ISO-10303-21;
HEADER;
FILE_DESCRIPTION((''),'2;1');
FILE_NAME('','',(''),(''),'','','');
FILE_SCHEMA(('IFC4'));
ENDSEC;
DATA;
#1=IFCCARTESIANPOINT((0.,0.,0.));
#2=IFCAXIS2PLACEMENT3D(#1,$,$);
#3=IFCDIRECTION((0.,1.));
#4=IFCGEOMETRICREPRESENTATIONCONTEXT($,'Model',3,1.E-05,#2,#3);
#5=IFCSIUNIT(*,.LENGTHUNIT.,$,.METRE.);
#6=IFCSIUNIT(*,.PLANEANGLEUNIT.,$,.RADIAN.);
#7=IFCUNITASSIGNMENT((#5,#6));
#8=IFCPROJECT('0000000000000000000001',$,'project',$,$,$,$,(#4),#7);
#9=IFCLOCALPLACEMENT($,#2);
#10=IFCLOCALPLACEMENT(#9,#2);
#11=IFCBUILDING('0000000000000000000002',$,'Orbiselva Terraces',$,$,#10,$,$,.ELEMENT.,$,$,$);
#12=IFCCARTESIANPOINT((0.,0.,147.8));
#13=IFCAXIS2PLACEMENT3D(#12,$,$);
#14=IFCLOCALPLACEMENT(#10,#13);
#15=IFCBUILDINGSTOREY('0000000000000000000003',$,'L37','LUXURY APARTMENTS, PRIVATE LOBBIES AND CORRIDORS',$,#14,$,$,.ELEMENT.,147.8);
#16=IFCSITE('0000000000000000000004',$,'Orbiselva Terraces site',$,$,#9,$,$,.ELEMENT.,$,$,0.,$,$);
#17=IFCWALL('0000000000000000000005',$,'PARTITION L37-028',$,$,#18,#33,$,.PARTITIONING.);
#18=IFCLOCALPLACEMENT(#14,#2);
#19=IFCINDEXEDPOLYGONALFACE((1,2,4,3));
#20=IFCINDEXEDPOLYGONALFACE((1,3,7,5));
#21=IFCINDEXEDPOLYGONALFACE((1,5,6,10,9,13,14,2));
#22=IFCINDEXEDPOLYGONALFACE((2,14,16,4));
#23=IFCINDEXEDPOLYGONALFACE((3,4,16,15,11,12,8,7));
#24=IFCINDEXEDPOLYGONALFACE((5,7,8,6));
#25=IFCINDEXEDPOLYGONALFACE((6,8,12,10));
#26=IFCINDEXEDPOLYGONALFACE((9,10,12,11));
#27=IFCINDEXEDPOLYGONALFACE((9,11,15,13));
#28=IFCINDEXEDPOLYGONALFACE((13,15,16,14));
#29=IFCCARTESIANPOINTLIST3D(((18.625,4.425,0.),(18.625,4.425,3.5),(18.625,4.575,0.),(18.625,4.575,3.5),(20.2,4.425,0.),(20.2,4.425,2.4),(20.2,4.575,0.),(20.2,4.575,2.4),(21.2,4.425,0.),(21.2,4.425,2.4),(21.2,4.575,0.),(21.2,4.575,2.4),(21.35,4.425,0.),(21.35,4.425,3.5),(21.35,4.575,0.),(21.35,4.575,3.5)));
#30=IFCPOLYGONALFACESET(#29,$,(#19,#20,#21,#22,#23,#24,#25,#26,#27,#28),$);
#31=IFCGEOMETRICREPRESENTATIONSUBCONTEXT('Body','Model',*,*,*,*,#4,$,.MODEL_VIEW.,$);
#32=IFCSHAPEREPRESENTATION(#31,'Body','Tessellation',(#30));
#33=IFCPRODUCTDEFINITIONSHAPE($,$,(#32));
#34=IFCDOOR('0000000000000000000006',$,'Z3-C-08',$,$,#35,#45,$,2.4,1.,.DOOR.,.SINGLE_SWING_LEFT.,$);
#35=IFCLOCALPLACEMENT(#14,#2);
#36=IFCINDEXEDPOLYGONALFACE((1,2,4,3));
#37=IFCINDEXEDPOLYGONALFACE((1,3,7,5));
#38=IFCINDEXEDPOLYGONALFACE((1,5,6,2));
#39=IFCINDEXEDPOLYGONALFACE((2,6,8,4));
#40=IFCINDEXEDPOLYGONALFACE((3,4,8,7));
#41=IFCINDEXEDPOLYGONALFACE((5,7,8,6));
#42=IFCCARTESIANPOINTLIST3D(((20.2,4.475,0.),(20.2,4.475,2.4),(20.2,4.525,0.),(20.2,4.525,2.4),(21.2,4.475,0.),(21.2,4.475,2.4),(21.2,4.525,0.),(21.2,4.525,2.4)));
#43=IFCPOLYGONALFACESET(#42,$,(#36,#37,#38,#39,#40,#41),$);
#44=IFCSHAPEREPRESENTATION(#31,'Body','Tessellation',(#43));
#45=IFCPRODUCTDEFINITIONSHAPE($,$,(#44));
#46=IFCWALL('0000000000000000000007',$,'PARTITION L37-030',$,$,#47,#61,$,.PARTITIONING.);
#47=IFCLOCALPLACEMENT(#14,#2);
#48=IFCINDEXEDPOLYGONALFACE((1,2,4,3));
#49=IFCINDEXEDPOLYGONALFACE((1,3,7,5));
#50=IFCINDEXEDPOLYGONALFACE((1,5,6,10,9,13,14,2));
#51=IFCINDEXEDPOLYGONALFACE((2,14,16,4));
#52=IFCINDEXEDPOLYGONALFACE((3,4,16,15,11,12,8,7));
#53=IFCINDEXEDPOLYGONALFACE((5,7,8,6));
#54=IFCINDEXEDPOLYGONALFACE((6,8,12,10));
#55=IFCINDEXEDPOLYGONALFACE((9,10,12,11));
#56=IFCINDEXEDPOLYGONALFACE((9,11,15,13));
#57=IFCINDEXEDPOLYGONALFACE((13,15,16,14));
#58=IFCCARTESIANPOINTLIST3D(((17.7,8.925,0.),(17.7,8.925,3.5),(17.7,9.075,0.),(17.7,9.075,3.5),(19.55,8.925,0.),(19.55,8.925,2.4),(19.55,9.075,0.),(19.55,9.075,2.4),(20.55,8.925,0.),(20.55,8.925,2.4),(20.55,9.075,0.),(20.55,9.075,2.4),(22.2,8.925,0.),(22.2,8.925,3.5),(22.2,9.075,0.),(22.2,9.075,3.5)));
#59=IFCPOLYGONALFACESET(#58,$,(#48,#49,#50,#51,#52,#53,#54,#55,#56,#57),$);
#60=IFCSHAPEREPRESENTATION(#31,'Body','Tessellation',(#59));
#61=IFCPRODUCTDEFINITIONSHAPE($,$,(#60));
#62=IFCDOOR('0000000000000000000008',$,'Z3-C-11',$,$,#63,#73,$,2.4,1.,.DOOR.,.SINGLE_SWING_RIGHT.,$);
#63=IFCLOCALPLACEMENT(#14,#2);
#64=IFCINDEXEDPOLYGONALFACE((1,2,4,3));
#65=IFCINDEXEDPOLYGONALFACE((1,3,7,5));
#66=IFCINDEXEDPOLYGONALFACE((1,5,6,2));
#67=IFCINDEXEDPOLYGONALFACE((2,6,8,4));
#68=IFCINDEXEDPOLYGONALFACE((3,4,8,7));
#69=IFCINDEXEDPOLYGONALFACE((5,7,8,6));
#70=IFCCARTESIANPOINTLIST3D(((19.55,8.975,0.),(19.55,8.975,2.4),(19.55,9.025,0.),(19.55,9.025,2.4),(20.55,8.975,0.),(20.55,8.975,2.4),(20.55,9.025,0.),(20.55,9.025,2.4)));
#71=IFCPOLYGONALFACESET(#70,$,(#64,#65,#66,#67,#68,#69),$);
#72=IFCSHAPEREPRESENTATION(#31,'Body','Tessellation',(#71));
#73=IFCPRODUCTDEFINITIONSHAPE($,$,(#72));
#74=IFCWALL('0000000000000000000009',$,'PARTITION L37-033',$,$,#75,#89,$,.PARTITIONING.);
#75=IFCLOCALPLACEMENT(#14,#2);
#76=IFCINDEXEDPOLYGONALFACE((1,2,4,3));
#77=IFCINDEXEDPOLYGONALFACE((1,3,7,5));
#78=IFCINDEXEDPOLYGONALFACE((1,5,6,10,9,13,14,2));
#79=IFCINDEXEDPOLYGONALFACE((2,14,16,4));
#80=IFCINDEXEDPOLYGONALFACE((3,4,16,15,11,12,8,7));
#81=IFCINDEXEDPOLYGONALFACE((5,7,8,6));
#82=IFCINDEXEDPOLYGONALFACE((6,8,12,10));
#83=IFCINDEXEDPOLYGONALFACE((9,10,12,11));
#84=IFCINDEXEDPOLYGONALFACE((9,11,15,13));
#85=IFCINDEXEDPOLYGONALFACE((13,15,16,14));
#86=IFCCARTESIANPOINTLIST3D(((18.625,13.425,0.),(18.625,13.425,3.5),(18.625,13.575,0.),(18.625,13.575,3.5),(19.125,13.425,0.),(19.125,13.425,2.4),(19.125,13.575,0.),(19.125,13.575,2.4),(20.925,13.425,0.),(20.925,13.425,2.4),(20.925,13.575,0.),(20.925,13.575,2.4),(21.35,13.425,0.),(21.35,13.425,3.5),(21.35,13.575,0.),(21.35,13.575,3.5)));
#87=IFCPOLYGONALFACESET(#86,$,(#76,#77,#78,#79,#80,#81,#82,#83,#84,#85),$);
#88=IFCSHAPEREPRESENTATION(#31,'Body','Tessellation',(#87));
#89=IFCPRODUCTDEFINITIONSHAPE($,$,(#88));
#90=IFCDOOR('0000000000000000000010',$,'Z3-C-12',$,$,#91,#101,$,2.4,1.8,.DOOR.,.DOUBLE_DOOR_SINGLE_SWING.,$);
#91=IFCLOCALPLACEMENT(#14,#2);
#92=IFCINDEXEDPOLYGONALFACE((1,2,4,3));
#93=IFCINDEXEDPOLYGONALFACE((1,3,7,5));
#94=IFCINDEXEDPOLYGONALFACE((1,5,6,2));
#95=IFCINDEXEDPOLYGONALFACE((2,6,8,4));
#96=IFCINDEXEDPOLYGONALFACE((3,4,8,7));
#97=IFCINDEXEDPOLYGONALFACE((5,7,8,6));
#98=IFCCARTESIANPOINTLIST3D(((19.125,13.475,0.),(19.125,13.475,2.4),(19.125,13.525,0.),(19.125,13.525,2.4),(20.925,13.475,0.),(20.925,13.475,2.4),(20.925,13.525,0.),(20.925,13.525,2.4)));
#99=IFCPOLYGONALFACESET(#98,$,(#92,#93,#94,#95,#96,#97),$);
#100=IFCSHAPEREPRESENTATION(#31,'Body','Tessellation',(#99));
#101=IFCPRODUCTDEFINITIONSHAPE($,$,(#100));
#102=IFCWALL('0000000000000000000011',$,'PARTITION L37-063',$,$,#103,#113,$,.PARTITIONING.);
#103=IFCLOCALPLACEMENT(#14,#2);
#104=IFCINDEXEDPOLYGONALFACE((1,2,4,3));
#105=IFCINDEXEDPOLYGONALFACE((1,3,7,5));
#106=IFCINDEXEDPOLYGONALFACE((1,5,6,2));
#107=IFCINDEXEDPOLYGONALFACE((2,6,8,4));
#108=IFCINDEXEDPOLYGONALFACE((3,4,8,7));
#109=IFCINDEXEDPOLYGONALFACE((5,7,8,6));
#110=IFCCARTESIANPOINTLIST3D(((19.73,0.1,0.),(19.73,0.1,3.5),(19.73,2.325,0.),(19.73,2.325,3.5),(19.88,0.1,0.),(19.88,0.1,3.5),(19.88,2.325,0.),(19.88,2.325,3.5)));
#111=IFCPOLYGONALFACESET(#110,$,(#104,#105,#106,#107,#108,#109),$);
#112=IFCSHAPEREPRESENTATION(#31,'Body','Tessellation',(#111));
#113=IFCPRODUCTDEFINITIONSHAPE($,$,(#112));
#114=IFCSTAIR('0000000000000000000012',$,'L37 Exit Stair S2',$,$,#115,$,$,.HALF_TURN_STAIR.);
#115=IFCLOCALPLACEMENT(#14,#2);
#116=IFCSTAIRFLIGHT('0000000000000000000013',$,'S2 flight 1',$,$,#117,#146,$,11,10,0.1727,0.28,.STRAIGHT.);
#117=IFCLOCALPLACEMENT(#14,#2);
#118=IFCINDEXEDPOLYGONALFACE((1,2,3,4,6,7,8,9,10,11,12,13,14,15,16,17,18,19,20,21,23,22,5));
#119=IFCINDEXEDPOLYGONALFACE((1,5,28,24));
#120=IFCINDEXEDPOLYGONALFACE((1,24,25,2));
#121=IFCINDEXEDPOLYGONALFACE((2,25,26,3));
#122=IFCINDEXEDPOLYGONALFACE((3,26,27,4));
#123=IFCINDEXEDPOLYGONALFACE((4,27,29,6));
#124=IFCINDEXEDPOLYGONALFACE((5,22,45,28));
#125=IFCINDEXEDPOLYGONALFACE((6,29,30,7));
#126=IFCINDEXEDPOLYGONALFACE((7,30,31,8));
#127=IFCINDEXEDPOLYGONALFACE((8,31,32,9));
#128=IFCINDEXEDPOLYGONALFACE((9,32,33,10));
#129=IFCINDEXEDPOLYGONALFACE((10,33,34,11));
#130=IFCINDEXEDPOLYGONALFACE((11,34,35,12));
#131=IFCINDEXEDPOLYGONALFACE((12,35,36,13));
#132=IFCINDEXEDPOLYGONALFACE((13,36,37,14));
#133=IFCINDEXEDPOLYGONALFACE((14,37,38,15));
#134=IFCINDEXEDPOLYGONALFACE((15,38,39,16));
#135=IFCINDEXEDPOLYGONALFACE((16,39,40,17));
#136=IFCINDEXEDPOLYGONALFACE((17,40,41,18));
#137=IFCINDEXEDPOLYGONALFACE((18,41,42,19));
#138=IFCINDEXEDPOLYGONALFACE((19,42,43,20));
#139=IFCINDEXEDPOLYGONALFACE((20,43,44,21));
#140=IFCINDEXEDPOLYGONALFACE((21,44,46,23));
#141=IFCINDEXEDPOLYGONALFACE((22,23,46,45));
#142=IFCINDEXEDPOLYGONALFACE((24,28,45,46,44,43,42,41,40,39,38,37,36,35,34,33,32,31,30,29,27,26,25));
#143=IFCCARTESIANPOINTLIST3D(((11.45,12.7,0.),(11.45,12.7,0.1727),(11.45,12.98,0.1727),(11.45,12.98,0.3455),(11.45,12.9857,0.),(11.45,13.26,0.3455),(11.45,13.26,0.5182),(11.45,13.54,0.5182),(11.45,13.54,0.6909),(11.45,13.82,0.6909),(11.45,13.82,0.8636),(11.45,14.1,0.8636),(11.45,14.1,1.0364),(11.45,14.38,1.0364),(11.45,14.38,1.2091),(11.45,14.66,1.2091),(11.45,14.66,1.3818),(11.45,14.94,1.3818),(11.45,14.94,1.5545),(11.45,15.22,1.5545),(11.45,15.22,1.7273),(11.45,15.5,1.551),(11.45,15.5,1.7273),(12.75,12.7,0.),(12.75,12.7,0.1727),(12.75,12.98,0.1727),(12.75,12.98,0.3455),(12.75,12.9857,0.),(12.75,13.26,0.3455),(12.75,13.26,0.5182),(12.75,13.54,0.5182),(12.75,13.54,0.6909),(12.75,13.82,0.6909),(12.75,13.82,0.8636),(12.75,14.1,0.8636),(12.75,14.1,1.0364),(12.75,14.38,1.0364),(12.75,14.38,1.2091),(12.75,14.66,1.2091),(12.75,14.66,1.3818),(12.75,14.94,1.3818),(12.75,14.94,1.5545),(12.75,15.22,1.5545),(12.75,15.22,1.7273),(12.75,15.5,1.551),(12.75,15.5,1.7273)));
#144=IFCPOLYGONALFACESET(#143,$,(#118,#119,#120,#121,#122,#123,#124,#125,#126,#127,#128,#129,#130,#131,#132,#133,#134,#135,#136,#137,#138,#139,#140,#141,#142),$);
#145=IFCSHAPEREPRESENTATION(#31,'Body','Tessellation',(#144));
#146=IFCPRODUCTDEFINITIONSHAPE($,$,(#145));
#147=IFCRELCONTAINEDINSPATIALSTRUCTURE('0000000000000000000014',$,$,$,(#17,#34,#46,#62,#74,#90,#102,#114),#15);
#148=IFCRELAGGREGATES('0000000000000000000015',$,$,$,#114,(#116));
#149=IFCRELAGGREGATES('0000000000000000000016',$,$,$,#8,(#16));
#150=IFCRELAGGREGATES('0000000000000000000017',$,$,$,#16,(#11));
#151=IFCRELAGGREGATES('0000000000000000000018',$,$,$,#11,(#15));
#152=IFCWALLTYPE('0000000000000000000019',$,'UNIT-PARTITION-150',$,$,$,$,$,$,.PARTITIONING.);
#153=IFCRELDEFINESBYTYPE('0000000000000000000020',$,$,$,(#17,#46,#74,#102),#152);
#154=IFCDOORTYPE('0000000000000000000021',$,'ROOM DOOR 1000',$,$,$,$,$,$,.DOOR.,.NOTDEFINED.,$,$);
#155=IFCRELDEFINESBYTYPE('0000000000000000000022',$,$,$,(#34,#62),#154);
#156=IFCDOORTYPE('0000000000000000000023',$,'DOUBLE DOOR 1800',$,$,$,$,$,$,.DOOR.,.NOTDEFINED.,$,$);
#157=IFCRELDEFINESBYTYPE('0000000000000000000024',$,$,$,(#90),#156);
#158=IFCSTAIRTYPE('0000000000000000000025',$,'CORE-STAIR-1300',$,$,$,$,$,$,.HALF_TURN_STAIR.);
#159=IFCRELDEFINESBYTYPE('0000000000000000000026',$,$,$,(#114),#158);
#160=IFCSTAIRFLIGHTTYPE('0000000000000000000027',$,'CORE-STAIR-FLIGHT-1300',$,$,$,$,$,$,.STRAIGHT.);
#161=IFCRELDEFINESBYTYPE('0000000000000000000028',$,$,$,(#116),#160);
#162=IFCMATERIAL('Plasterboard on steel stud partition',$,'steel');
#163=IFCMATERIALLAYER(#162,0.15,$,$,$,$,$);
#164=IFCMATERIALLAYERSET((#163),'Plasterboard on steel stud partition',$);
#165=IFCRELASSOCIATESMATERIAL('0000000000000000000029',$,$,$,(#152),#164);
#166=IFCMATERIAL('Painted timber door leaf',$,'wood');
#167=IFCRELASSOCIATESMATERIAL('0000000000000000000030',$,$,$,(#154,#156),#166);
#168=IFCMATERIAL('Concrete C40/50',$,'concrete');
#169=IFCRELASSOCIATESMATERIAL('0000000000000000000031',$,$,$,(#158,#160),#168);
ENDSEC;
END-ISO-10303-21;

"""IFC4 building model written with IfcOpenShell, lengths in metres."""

from ifc_helpers import new_model, si_unit, direction, frame, frame_2d, origin, place, context, subcontext, project, spatial, polyline, rectangle, outline, extrude, material, layer, layer_set, type_object, element, fill, aggregate, save


model = new_model("IFC4")

# Units and contexts
model_context = context("Model", 3, precision=1e-05, world=origin(), true_north=direction((0.0, 1.0)))
body_context = subcontext(model_context, "Body", "Model", "MODEL_VIEW")
ifc_project = project(units=[si_unit("LENGTHUNIT", "METRE"), si_unit("PLANEANGLEUNIT", "RADIAN")], contexts=[model_context])

# Site, building, storey
site_placement = place(None, origin())
site = spatial("IfcSite", under=ifc_project, at=site_placement, Name="Orbiselva Terraces site", CompositionType="ELEMENT", RefElevation=0.0)
building_placement = place(site_placement, origin())
building = spatial("IfcBuilding", under=site, at=building_placement, Name="Orbiselva Terraces", CompositionType="ELEMENT")
storey_placement = place(building_placement, frame((0.0, 0.0, 147.8)))
storey = spatial("IfcBuildingStorey", under=building, at=storey_placement, Name="L37", Description="LUXURY APARTMENTS, PRIVATE LOBBIES AND CORRIDORS", CompositionType="ELEMENT", Elevation=147.8)

# Walls, openings, doors
ifc_material_1 = material(Name="Plasterboard on steel stud partition", Category="steel")
ifc_material_2 = material(Name="Painted timber door leaf", Category="wood")
ifc_layer_1 = layer(ifc_material_1, 0.15)
ifc_layer_set_1 = layer_set([ifc_layer_1], Name="Plasterboard on steel stud partition")
wall_type_1 = type_object("IfcWallType", Name="UNIT-PARTITION-150", PredefinedType="PARTITIONING", material=ifc_layer_set_1)
wall_1_placement = place(storey_placement, frame((21.35, 4.5, 0.0), z_axis=(0.0, 0.0, 1.0), x_axis=(-1.0, 0.0, 0.0)))
wall_1 = element("IfcWall", 1, at=wall_1_placement, inside=storey, type_object=wall_type_1, Name="PARTITION L37-028", PredefinedType="PARTITIONING", context=body_context, shape_type="SweptSolid", body=[
    extrude(rectangle(XDim=2.725, YDim=0.15, at=frame_2d((1.3625, 0.0))), origin(), (0.0, 0.0, 1.0), 3.5),
])
opening_1_placement = place(wall_1_placement, frame((0.15, 0.0, 0.0)))
opening_1 = element("IfcOpeningElement", 2, at=opening_1_placement, cuts=wall_1, PredefinedType="OPENING", context=body_context, shape_type="SweptSolid", body=[
    extrude(rectangle(XDim=1.0, YDim=2.4, at=frame_2d((0.5, 1.2))), frame((0.0, 0.085, 0.0), z_axis=(0.0, -1.0, 0.0), x_axis=(1.0, 0.0, 0.0)), (0.0, 0.0, 1.0), 0.17),
])
door_type_1 = type_object("IfcDoorType", Name="ROOM DOOR 1000", OperationType="NOTDEFINED", PredefinedType="DOOR", material=ifc_material_2)
door_1_placement = place(opening_1_placement, origin())
door_1 = element("IfcDoor", 3, at=door_1_placement, inside=storey, type_object=door_type_1, Name="Z3-C-08", OperationType="SINGLE_SWING_LEFT", OverallHeight=2.4, OverallWidth=1.0, PredefinedType="DOOR", context=body_context, shape_type="SweptSolid", body=[
    extrude(rectangle(XDim=1.0, YDim=2.4, at=frame_2d((0.5, 1.2))), frame((0.0, 0.025, 0.0), z_axis=(0.0, -1.0, 0.0), x_axis=(1.0, 0.0, 0.0)), (0.0, 0.0, 1.0), 0.05),
])
fill(opening_1, door_1)
wall_2_placement = place(storey_placement, frame((17.7, 9.0, 0.0), z_axis=(0.0, 0.0, 1.0), x_axis=(1.0, 0.0, 0.0)))
wall_2 = element("IfcWall", 4, at=wall_2_placement, inside=storey, type_object=wall_type_1, Name="PARTITION L37-030", PredefinedType="PARTITIONING", context=body_context, shape_type="SweptSolid", body=[
    extrude(rectangle(XDim=4.5, YDim=0.15, at=frame_2d((2.25, 0.0))), origin(), (0.0, 0.0, 1.0), 3.5),
])
opening_2_placement = place(wall_2_placement, frame((1.85, 0.0, 0.0)))
opening_2 = element("IfcOpeningElement", 5, at=opening_2_placement, cuts=wall_2, PredefinedType="OPENING", context=body_context, shape_type="SweptSolid", body=[
    extrude(rectangle(XDim=1.0, YDim=2.4, at=frame_2d((0.5, 1.2))), frame((0.0, 0.085, 0.0), z_axis=(0.0, -1.0, 0.0), x_axis=(1.0, 0.0, 0.0)), (0.0, 0.0, 1.0), 0.17),
])
door_2_placement = place(opening_2_placement, origin())
door_2 = element("IfcDoor", 6, at=door_2_placement, inside=storey, type_object=door_type_1, Name="Z3-C-11", OperationType="SINGLE_SWING_RIGHT", OverallHeight=2.4, OverallWidth=1.0, PredefinedType="DOOR", context=body_context, shape_type="SweptSolid", body=[
    extrude(rectangle(XDim=1.0, YDim=2.4, at=frame_2d((0.5, 1.2))), frame((0.0, 0.025, 0.0), z_axis=(0.0, -1.0, 0.0), x_axis=(1.0, 0.0, 0.0)), (0.0, 0.0, 1.0), 0.05),
])
fill(opening_2, door_2)
wall_3_placement = place(storey_placement, frame((18.625, 13.5, 0.0), z_axis=(0.0, 0.0, 1.0), x_axis=(1.0, 0.0, 0.0)))
wall_3 = element("IfcWall", 7, at=wall_3_placement, inside=storey, type_object=wall_type_1, Name="PARTITION L37-033", PredefinedType="PARTITIONING", context=body_context, shape_type="SweptSolid", body=[
    extrude(rectangle(XDim=2.725, YDim=0.15, at=frame_2d((1.3625, 0.0))), origin(), (0.0, 0.0, 1.0), 3.5),
])
opening_3_placement = place(wall_3_placement, frame((0.5, 0.0, 0.0)))
opening_3 = element("IfcOpeningElement", 8, at=opening_3_placement, cuts=wall_3, PredefinedType="OPENING", context=body_context, shape_type="SweptSolid", body=[
    extrude(rectangle(XDim=1.8, YDim=2.4, at=frame_2d((0.9, 1.2))), frame((0.0, 0.085, 0.0), z_axis=(0.0, -1.0, 0.0), x_axis=(1.0, 0.0, 0.0)), (0.0, 0.0, 1.0), 0.17),
])
door_type_2 = type_object("IfcDoorType", Name="DOUBLE DOOR 1800", OperationType="NOTDEFINED", PredefinedType="DOOR", material=ifc_material_2)
door_3_placement = place(opening_3_placement, origin())
door_3 = element("IfcDoor", 9, at=door_3_placement, inside=storey, type_object=door_type_2, Name="Z3-C-12", OperationType="DOUBLE_DOOR_SINGLE_SWING", OverallHeight=2.4, OverallWidth=1.8, PredefinedType="DOOR", context=body_context, shape_type="SweptSolid", body=[
    extrude(rectangle(XDim=1.8, YDim=2.4, at=frame_2d((0.9, 1.2))), frame((0.0, 0.025, 0.0), z_axis=(0.0, -1.0, 0.0), x_axis=(1.0, 0.0, 0.0)), (0.0, 0.0, 1.0), 0.05),
])
fill(opening_3, door_3)

# Wall
wall_4_placement = place(storey_placement, frame((19.805, 0.1, 0.0), z_axis=(0.0, 0.0, 1.0), x_axis=(0.0, 1.0, 0.0)))
element("IfcWall", 10, at=wall_4_placement, inside=storey, type_object=wall_type_1, Name="PARTITION L37-063", PredefinedType="PARTITIONING", context=body_context, shape_type="SweptSolid", body=[
    extrude(rectangle(XDim=2.225, YDim=0.15, at=frame_2d((1.1125, 0.0))), origin(), (0.0, 0.0, 1.0), 3.5),
])

# Stair, stair flight
ifc_material_3 = material(Name="Concrete C40/50", Category="concrete")
stair_type = type_object("IfcStairType", Name="CORE-STAIR-1300", PredefinedType="HALF_TURN_STAIR", material=ifc_material_3)
stair_placement = place(storey_placement, origin())
stair = element("IfcStair", 11, at=stair_placement, inside=storey, type_object=stair_type, Name="L37 Exit Stair S2", PredefinedType="HALF_TURN_STAIR")
stair_flight_type = type_object("IfcStairFlightType", Name="CORE-STAIR-FLIGHT-1300", PredefinedType="STRAIGHT", material=ifc_material_3)
stair_flight_placement = place(storey_placement, frame((12.1, 12.7, 0.0), z_axis=(0.0, 0.0, 1.0), x_axis=(0.0, 1.0, 0.0)))
stair_flight = element("IfcStairFlight", 12, at=stair_flight_placement, type_object=stair_flight_type, Name="S2 flight 1", NumberOfRisers=11, NumberOfTreads=10, PredefinedType="STRAIGHT", RiserHeight=0.1727, TreadLength=0.28, context=body_context, shape_type="SweptSolid", body=[
    extrude(outline(polyline([(0.0, 0.0), (0.0, 0.1727), (0.28, 0.1727), (0.28, 0.3455), (0.56, 0.3455), (0.56, 0.5182), (0.84, 0.5182), (0.84, 0.6909), (1.12, 0.6909), (1.12, 0.8636), (1.4, 0.8636), (1.4, 1.0364), (1.68, 1.0364), (1.68, 1.2091), (1.96, 1.2091), (1.96, 1.3818), (2.24, 1.3818), (2.24, 1.5545), (2.52, 1.5545), (2.52, 1.7273), (2.8, 1.7273), (2.8, 1.9), (2.8, 1.551), (0.2857, 0.0), (0.0, 0.0)])), frame((0.0, 0.65, 0.0), z_axis=(0.0, -1.0, 0.0), x_axis=(1.0, 0.0, 0.0)), (0.0, 0.0, 1.0), 1.3),
])
aggregate(stair, [stair_flight])

save(model, "model.ifc")
